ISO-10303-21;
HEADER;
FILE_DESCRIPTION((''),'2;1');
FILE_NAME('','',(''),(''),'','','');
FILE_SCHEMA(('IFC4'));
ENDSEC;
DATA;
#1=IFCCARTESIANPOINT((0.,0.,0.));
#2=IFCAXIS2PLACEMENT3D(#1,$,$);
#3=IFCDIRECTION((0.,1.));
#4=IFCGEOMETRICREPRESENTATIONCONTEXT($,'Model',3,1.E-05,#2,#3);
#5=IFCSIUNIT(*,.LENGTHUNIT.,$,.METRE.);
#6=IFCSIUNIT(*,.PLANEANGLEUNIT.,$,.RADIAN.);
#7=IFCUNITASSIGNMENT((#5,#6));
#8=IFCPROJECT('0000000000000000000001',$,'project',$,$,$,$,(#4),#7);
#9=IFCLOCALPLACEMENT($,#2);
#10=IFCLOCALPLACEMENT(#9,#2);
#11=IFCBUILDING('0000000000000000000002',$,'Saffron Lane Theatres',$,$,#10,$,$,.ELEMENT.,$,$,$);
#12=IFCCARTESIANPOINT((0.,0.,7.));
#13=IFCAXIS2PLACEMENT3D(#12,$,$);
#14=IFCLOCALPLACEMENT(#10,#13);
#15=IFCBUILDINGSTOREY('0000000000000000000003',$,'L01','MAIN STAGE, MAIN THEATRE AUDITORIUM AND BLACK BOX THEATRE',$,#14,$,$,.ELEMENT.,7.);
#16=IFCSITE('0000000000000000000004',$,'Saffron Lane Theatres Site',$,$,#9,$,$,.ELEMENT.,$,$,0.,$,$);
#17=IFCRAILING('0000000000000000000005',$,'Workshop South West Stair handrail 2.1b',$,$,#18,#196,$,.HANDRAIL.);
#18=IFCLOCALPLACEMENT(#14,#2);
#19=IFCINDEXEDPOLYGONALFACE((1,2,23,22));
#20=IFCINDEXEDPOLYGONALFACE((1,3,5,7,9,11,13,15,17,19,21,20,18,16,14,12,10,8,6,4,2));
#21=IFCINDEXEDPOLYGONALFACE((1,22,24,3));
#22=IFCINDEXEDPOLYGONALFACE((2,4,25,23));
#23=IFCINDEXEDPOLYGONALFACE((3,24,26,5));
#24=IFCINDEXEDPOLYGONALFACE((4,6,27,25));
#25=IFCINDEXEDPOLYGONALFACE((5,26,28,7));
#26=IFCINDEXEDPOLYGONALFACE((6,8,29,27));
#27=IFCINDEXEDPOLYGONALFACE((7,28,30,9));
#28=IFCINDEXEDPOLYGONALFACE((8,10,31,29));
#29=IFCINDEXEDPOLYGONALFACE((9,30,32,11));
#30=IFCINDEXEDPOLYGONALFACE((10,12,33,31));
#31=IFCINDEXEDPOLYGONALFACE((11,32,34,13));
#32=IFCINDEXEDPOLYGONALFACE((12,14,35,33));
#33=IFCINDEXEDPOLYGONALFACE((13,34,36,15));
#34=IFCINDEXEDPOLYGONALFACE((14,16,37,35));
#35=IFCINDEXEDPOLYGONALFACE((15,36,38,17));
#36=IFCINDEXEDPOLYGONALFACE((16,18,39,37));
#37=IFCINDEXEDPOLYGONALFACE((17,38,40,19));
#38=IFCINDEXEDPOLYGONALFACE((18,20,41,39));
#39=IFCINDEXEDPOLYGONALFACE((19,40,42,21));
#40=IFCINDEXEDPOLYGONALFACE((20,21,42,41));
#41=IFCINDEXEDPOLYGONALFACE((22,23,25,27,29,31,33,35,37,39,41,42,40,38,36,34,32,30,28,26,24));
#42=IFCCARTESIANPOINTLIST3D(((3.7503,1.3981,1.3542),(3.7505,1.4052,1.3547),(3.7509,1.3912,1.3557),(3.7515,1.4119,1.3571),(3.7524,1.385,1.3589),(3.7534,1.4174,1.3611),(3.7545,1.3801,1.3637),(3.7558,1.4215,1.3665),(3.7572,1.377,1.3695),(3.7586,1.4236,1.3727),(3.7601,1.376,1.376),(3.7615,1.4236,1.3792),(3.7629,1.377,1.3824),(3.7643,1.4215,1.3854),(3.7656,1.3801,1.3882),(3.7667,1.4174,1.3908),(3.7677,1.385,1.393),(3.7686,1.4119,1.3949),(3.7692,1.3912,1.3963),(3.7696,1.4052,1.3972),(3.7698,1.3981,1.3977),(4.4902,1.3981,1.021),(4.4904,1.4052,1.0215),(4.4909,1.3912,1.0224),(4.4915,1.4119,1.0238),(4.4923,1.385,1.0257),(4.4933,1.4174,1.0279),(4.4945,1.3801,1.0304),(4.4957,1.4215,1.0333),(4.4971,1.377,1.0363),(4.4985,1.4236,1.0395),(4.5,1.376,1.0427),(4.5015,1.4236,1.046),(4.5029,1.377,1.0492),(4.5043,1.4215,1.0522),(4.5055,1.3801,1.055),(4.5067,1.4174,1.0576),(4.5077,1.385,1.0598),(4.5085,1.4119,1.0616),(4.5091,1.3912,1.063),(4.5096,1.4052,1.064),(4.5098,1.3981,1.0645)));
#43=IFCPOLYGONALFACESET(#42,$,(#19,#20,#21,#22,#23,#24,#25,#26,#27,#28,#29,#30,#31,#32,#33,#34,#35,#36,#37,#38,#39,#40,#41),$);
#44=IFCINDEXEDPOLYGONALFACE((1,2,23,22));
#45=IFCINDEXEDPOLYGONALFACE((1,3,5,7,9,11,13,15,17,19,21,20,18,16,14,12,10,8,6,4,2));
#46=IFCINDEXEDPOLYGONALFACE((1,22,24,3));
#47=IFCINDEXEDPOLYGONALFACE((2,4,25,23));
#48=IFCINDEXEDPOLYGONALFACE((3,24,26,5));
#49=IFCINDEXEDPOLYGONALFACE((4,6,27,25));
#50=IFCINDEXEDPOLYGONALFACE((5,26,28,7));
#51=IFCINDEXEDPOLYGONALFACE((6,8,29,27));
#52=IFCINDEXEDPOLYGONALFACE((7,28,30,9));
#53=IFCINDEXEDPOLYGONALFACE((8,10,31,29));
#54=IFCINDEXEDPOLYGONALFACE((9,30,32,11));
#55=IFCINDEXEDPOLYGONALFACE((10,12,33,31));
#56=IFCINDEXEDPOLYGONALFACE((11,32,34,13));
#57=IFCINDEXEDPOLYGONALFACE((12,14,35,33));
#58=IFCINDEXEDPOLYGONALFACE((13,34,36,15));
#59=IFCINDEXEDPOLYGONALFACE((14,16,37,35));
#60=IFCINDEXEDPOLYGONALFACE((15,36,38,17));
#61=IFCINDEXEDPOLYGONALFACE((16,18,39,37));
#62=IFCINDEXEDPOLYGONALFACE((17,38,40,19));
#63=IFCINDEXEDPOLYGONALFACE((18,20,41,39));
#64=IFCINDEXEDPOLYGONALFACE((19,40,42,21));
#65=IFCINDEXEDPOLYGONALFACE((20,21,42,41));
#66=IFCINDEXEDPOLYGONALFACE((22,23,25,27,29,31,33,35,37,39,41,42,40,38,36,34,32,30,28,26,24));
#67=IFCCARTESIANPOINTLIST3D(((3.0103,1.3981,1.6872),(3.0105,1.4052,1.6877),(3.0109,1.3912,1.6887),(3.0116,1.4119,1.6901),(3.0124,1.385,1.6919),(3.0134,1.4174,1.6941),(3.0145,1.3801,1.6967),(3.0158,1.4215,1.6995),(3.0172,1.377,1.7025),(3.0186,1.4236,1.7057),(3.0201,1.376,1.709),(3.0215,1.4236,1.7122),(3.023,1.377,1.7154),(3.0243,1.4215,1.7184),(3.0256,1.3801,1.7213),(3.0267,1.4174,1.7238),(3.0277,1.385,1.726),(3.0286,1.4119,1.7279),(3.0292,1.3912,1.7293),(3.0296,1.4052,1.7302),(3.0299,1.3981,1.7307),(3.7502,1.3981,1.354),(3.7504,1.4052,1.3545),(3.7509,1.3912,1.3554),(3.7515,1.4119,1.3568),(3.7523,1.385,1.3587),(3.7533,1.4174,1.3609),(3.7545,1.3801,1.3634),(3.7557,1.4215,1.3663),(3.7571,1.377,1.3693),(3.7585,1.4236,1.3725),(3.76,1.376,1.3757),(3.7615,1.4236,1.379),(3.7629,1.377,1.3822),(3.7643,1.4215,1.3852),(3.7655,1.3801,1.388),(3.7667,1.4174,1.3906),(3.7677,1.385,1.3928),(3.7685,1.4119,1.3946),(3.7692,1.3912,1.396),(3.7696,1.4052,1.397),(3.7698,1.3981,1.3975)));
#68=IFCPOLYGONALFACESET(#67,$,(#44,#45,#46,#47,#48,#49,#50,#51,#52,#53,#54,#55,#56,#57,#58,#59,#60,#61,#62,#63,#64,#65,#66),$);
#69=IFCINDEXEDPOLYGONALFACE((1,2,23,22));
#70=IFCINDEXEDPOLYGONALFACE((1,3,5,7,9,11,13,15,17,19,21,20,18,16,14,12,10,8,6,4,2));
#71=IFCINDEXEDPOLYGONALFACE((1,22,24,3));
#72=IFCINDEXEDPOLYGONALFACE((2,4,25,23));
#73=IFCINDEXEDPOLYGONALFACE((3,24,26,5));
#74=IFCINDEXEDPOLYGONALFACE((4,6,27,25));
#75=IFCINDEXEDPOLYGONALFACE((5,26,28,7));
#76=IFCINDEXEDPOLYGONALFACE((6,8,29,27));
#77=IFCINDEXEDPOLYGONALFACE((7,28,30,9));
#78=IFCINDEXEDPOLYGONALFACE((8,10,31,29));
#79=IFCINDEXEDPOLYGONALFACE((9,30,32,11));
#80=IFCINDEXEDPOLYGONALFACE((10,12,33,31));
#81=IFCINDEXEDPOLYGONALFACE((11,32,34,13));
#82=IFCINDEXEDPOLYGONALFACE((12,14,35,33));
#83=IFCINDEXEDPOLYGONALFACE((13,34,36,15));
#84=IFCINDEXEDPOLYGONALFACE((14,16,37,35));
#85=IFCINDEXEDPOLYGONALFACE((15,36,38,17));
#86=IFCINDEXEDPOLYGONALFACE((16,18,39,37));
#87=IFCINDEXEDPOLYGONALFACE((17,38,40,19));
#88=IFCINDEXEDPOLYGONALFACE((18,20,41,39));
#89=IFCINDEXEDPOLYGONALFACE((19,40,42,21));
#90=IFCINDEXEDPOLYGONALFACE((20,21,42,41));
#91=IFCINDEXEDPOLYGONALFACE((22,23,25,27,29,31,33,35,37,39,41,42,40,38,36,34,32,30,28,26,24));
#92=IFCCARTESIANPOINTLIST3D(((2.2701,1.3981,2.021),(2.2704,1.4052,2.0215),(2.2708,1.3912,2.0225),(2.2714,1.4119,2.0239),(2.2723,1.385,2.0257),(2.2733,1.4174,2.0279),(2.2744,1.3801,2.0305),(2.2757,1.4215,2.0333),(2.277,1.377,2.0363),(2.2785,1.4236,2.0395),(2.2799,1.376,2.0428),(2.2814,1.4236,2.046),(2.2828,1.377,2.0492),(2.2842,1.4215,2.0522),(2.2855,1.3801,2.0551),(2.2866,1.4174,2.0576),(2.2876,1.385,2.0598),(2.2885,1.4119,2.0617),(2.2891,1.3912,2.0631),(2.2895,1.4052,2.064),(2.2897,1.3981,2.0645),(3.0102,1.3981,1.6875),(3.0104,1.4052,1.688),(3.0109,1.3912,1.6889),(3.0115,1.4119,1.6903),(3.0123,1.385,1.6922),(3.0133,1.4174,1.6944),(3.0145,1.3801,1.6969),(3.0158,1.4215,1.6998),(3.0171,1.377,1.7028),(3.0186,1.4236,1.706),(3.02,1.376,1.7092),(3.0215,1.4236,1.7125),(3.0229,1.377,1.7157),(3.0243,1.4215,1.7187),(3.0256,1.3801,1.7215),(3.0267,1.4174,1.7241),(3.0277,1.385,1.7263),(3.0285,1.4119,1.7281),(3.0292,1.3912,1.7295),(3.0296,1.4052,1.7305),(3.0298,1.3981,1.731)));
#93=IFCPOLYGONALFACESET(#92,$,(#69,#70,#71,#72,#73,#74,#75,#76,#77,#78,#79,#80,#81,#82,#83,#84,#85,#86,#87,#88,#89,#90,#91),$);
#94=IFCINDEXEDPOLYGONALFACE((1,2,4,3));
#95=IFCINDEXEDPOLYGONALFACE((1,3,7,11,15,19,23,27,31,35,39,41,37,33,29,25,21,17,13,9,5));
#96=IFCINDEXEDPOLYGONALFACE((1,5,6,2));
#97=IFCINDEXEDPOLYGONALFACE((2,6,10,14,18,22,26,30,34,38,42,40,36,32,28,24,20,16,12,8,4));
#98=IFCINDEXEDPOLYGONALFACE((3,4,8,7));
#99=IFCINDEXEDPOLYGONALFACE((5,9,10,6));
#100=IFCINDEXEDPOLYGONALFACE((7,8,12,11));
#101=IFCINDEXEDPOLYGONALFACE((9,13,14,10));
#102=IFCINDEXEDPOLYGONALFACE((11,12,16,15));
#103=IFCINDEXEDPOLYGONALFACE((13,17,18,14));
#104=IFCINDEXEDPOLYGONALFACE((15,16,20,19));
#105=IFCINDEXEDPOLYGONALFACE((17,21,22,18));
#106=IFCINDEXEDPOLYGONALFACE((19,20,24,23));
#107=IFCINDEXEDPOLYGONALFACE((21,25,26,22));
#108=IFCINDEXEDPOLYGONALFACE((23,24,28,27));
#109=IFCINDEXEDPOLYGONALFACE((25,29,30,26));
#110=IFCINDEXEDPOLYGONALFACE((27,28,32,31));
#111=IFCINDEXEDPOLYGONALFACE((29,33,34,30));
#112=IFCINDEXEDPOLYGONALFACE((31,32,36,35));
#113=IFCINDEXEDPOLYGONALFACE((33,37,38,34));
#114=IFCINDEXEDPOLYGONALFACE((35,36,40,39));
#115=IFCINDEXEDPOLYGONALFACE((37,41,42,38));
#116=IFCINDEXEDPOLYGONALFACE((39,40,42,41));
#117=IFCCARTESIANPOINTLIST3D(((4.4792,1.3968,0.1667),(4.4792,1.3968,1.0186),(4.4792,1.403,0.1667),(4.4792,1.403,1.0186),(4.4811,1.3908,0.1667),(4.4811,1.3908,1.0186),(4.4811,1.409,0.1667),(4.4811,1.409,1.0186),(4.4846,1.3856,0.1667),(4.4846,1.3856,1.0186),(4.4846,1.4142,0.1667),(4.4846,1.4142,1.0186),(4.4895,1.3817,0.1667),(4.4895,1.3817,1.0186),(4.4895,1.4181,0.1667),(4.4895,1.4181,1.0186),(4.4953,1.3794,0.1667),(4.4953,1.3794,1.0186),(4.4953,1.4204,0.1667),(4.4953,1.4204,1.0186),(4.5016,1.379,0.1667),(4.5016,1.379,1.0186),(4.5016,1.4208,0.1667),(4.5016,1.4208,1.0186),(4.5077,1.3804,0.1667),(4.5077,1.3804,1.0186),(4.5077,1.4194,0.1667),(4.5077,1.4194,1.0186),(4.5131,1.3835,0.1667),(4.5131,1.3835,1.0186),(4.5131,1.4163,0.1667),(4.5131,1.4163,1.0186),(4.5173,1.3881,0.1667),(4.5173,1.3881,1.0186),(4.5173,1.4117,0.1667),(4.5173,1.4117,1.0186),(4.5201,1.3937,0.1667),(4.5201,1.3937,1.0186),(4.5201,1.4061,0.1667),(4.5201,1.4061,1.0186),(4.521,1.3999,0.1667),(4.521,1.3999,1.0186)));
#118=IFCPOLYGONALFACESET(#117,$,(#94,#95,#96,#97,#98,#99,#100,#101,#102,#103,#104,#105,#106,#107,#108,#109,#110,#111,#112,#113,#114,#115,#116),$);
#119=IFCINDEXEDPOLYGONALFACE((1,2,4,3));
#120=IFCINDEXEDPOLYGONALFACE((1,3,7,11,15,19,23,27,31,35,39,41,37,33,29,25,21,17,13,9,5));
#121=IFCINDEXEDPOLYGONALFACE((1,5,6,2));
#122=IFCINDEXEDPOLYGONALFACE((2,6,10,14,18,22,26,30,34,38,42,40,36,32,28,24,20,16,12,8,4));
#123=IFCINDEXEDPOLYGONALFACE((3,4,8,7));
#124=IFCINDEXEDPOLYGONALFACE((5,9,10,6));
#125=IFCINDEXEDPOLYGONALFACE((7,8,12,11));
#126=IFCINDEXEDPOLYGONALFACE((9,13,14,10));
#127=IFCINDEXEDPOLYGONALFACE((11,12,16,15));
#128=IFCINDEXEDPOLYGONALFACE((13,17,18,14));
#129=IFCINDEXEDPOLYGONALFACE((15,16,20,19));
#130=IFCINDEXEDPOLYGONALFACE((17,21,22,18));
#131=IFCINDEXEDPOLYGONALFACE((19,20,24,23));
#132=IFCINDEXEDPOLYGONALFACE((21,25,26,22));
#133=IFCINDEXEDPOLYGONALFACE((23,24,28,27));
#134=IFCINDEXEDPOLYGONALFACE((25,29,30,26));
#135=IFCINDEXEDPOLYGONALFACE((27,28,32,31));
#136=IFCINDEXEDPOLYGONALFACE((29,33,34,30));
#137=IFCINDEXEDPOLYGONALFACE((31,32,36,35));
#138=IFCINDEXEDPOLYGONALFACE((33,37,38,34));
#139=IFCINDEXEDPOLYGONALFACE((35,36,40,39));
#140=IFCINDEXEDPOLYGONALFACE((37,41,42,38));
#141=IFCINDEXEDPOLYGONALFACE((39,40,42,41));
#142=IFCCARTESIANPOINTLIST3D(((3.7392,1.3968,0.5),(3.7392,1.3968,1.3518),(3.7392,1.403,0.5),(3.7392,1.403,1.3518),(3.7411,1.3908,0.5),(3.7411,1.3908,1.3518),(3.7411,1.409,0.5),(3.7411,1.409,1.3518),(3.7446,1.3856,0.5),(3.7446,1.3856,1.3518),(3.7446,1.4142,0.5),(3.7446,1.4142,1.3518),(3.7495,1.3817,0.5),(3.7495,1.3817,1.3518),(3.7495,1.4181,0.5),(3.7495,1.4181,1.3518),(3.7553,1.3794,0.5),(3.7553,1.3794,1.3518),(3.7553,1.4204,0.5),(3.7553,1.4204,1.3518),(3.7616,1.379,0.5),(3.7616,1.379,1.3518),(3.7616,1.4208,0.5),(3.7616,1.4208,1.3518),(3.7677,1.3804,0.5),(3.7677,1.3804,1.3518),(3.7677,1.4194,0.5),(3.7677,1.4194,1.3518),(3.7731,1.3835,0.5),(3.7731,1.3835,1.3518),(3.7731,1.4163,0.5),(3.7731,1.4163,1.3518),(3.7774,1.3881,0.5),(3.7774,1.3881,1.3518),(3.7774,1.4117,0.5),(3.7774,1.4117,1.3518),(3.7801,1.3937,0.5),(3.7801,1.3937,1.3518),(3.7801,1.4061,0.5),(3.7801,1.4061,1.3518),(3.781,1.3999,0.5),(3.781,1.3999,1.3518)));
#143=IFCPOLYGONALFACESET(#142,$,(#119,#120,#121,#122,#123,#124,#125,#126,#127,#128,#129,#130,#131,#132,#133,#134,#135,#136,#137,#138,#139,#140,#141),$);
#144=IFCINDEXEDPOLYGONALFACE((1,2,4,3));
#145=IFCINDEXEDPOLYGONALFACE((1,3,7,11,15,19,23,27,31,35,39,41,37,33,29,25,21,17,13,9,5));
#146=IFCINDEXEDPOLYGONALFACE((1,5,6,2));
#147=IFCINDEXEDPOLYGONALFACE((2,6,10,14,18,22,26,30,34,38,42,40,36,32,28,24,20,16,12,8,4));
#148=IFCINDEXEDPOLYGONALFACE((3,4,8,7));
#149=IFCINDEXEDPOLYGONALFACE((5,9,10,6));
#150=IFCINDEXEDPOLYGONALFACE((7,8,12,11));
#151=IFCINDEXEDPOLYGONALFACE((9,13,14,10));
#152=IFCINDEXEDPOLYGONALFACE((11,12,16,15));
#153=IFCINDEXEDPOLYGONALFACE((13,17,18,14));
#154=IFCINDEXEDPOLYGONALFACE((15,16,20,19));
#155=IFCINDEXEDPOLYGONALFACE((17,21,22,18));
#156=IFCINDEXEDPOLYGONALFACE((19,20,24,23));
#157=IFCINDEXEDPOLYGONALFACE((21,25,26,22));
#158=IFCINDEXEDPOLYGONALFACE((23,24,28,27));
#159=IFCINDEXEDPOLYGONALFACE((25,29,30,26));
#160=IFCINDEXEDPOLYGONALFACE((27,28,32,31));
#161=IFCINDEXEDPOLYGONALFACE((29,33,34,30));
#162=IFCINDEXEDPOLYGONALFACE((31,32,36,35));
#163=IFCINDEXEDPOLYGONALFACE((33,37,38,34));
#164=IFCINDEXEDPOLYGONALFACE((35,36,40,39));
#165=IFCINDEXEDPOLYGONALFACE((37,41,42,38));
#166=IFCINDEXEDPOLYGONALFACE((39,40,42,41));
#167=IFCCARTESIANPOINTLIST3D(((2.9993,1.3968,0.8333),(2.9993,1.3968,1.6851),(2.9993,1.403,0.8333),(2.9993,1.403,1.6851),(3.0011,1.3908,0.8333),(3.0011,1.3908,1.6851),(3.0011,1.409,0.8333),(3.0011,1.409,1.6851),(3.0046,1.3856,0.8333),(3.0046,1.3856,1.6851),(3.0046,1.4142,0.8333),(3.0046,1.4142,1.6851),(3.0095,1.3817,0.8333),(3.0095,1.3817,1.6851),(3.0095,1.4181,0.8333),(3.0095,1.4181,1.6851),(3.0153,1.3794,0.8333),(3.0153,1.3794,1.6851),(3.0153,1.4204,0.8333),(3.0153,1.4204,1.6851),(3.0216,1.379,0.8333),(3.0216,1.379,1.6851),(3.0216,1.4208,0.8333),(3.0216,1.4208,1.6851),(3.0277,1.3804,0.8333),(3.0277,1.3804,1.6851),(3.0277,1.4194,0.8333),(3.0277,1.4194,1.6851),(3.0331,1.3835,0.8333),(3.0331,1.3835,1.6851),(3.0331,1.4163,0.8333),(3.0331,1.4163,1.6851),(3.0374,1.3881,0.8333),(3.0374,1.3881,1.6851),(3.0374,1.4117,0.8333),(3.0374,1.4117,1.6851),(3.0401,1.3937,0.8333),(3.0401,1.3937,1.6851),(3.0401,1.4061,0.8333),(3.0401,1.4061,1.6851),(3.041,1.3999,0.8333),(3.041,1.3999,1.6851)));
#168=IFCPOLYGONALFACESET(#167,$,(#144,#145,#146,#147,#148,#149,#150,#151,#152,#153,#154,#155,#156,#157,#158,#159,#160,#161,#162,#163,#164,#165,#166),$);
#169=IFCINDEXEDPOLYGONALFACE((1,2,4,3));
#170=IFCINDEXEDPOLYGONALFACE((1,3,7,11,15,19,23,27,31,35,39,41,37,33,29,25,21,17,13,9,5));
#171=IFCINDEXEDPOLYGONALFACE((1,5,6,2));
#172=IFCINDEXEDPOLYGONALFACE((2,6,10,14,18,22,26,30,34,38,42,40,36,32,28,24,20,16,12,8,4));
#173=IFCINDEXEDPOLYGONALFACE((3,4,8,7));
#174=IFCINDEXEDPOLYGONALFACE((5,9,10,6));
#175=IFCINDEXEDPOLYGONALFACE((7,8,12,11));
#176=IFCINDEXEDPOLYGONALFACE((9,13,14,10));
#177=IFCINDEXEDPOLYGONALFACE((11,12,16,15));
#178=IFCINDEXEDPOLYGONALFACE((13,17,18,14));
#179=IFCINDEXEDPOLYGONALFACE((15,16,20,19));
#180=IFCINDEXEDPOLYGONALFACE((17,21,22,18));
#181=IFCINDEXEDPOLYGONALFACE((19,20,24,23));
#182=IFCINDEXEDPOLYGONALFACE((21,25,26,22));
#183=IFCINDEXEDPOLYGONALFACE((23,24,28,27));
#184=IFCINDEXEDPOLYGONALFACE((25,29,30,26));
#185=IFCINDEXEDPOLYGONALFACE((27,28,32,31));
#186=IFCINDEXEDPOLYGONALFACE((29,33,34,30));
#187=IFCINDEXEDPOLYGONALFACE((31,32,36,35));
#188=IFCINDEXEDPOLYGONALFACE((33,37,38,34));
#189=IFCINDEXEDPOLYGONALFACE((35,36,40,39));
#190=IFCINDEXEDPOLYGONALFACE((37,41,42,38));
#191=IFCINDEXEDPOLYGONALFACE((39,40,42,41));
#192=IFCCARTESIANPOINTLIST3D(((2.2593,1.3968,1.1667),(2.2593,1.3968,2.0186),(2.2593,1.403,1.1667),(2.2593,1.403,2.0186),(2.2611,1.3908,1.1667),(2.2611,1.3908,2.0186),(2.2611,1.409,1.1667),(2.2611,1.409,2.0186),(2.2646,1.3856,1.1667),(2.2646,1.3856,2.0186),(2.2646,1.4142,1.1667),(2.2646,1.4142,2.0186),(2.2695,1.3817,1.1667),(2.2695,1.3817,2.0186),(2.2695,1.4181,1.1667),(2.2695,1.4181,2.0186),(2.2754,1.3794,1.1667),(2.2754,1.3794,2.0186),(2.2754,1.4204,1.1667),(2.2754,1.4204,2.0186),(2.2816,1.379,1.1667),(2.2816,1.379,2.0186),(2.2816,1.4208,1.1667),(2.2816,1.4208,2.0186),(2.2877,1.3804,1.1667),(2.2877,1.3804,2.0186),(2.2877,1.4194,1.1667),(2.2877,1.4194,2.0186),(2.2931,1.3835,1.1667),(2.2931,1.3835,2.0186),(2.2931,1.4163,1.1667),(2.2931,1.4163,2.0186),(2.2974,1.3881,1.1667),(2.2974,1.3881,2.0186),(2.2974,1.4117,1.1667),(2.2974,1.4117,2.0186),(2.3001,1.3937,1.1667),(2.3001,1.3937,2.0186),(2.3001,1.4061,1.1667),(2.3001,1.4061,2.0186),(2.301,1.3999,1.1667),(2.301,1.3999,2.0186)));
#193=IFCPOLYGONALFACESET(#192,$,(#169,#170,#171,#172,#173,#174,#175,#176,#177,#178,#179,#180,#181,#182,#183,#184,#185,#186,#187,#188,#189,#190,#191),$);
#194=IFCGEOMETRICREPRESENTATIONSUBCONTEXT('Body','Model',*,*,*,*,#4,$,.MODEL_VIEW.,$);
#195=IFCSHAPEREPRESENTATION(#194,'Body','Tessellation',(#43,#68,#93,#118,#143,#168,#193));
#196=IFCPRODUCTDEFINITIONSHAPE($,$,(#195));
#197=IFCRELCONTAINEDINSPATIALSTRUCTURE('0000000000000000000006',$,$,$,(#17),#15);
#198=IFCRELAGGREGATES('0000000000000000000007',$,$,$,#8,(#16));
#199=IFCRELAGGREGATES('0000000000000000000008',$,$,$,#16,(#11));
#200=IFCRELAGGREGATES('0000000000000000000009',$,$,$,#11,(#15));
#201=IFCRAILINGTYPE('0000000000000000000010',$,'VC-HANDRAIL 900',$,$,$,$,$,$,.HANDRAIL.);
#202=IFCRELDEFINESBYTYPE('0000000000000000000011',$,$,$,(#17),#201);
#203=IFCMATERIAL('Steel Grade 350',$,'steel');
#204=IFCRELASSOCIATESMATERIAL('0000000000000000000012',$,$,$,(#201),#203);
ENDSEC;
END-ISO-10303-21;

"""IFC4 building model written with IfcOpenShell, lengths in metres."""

from ifc_helpers import new_model, si_unit, direction, frame, origin, origin_2d, place, context, subcontext, project, spatial, circle, extrude, material, type_object, element, save


model = new_model("IFC4")

# Units and contexts
model_context = context("Model", 3, precision=1e-05, world=origin(), true_north=direction((0.0, 1.0)))
body_context = subcontext(model_context, "Body", "Model", "MODEL_VIEW")
ifc_project = project(units=[si_unit("LENGTHUNIT", "METRE"), si_unit("PLANEANGLEUNIT", "RADIAN")], contexts=[model_context])

# Site, building, storey
site_placement = place(None, origin())
site = spatial("IfcSite", under=ifc_project, at=site_placement, Name="Saffron Lane Theatres Site", CompositionType="ELEMENT", RefElevation=0.0)
building_placement = place(site_placement, origin())
building = spatial("IfcBuilding", under=site, at=building_placement, Name="Saffron Lane Theatres", CompositionType="ELEMENT")
storey_placement = place(building_placement, frame((0.0, 0.0, 7.0)))
storey = spatial("IfcBuildingStorey", under=building, at=storey_placement, Name="L01", Description="MAIN STAGE, MAIN THEATRE AUDITORIUM AND BLACK BOX THEATRE", CompositionType="ELEMENT", Elevation=7.0)

# Railing
ifc_material_1 = material(Name="Steel Grade 350", Category="steel")
railing_type_1 = type_object("IfcRailingType", Name="VC-HANDRAIL 900", PredefinedType="HANDRAIL", material=ifc_material_1)
for number, where, name in (
    (1, (4.5, 1.3999, 0.1667), "Workshop South West Stair handrail 2.1b"),
):
    element("IfcRailing", number, at=place(storey_placement, frame(where)), inside=storey, type_object=railing_type_1, Name=name, PredefinedType="HANDRAIL", context=body_context, shape_type="SweptSolid", body=[
        extrude(circle(Radius=0.0239, at=origin_2d()), frame((0.0, 0.0, 0.876), z_axis=(-0.911803, 0.0, 0.410627), x_axis=(0.0, -1.0, 0.0)), (0.0, 0.0, 1.0), 0.8115),
        extrude(circle(Radius=0.0239, at=origin_2d()), frame((-0.74, 0.0, 1.209), z_axis=(-0.911803, 0.0, 0.410627), x_axis=(0.0, -1.0, 0.0)), (0.0, 0.0, 1.0), 0.8115),
        extrude(circle(Radius=0.0239, at=origin_2d()), frame((-1.48, 0.0, 1.5425), z_axis=(-0.911691, 0.0, 0.410877), x_axis=(0.0, -1.0, 0.0)), (0.0, 0.0, 1.0), 0.8118),
        extrude(circle(Radius=0.021, at=origin_2d()), origin(), (0.0, 0.0, 1.0), 0.8518),
        extrude(circle(Radius=0.021, at=origin_2d()), frame((-0.74, 0.0, 0.3333)), (0.0, 0.0, 1.0), 0.8518),
        extrude(circle(Radius=0.021, at=origin_2d()), frame((-1.48, 0.0, 0.6665)), (0.0, 0.0, 1.0), 0.8518),
        extrude(circle(Radius=0.021, at=origin_2d()), frame((-2.22, 0.0, 1.0)), (0.0, 0.0, 1.0), 0.8518),
    ])

save(model, "model.ifc")
